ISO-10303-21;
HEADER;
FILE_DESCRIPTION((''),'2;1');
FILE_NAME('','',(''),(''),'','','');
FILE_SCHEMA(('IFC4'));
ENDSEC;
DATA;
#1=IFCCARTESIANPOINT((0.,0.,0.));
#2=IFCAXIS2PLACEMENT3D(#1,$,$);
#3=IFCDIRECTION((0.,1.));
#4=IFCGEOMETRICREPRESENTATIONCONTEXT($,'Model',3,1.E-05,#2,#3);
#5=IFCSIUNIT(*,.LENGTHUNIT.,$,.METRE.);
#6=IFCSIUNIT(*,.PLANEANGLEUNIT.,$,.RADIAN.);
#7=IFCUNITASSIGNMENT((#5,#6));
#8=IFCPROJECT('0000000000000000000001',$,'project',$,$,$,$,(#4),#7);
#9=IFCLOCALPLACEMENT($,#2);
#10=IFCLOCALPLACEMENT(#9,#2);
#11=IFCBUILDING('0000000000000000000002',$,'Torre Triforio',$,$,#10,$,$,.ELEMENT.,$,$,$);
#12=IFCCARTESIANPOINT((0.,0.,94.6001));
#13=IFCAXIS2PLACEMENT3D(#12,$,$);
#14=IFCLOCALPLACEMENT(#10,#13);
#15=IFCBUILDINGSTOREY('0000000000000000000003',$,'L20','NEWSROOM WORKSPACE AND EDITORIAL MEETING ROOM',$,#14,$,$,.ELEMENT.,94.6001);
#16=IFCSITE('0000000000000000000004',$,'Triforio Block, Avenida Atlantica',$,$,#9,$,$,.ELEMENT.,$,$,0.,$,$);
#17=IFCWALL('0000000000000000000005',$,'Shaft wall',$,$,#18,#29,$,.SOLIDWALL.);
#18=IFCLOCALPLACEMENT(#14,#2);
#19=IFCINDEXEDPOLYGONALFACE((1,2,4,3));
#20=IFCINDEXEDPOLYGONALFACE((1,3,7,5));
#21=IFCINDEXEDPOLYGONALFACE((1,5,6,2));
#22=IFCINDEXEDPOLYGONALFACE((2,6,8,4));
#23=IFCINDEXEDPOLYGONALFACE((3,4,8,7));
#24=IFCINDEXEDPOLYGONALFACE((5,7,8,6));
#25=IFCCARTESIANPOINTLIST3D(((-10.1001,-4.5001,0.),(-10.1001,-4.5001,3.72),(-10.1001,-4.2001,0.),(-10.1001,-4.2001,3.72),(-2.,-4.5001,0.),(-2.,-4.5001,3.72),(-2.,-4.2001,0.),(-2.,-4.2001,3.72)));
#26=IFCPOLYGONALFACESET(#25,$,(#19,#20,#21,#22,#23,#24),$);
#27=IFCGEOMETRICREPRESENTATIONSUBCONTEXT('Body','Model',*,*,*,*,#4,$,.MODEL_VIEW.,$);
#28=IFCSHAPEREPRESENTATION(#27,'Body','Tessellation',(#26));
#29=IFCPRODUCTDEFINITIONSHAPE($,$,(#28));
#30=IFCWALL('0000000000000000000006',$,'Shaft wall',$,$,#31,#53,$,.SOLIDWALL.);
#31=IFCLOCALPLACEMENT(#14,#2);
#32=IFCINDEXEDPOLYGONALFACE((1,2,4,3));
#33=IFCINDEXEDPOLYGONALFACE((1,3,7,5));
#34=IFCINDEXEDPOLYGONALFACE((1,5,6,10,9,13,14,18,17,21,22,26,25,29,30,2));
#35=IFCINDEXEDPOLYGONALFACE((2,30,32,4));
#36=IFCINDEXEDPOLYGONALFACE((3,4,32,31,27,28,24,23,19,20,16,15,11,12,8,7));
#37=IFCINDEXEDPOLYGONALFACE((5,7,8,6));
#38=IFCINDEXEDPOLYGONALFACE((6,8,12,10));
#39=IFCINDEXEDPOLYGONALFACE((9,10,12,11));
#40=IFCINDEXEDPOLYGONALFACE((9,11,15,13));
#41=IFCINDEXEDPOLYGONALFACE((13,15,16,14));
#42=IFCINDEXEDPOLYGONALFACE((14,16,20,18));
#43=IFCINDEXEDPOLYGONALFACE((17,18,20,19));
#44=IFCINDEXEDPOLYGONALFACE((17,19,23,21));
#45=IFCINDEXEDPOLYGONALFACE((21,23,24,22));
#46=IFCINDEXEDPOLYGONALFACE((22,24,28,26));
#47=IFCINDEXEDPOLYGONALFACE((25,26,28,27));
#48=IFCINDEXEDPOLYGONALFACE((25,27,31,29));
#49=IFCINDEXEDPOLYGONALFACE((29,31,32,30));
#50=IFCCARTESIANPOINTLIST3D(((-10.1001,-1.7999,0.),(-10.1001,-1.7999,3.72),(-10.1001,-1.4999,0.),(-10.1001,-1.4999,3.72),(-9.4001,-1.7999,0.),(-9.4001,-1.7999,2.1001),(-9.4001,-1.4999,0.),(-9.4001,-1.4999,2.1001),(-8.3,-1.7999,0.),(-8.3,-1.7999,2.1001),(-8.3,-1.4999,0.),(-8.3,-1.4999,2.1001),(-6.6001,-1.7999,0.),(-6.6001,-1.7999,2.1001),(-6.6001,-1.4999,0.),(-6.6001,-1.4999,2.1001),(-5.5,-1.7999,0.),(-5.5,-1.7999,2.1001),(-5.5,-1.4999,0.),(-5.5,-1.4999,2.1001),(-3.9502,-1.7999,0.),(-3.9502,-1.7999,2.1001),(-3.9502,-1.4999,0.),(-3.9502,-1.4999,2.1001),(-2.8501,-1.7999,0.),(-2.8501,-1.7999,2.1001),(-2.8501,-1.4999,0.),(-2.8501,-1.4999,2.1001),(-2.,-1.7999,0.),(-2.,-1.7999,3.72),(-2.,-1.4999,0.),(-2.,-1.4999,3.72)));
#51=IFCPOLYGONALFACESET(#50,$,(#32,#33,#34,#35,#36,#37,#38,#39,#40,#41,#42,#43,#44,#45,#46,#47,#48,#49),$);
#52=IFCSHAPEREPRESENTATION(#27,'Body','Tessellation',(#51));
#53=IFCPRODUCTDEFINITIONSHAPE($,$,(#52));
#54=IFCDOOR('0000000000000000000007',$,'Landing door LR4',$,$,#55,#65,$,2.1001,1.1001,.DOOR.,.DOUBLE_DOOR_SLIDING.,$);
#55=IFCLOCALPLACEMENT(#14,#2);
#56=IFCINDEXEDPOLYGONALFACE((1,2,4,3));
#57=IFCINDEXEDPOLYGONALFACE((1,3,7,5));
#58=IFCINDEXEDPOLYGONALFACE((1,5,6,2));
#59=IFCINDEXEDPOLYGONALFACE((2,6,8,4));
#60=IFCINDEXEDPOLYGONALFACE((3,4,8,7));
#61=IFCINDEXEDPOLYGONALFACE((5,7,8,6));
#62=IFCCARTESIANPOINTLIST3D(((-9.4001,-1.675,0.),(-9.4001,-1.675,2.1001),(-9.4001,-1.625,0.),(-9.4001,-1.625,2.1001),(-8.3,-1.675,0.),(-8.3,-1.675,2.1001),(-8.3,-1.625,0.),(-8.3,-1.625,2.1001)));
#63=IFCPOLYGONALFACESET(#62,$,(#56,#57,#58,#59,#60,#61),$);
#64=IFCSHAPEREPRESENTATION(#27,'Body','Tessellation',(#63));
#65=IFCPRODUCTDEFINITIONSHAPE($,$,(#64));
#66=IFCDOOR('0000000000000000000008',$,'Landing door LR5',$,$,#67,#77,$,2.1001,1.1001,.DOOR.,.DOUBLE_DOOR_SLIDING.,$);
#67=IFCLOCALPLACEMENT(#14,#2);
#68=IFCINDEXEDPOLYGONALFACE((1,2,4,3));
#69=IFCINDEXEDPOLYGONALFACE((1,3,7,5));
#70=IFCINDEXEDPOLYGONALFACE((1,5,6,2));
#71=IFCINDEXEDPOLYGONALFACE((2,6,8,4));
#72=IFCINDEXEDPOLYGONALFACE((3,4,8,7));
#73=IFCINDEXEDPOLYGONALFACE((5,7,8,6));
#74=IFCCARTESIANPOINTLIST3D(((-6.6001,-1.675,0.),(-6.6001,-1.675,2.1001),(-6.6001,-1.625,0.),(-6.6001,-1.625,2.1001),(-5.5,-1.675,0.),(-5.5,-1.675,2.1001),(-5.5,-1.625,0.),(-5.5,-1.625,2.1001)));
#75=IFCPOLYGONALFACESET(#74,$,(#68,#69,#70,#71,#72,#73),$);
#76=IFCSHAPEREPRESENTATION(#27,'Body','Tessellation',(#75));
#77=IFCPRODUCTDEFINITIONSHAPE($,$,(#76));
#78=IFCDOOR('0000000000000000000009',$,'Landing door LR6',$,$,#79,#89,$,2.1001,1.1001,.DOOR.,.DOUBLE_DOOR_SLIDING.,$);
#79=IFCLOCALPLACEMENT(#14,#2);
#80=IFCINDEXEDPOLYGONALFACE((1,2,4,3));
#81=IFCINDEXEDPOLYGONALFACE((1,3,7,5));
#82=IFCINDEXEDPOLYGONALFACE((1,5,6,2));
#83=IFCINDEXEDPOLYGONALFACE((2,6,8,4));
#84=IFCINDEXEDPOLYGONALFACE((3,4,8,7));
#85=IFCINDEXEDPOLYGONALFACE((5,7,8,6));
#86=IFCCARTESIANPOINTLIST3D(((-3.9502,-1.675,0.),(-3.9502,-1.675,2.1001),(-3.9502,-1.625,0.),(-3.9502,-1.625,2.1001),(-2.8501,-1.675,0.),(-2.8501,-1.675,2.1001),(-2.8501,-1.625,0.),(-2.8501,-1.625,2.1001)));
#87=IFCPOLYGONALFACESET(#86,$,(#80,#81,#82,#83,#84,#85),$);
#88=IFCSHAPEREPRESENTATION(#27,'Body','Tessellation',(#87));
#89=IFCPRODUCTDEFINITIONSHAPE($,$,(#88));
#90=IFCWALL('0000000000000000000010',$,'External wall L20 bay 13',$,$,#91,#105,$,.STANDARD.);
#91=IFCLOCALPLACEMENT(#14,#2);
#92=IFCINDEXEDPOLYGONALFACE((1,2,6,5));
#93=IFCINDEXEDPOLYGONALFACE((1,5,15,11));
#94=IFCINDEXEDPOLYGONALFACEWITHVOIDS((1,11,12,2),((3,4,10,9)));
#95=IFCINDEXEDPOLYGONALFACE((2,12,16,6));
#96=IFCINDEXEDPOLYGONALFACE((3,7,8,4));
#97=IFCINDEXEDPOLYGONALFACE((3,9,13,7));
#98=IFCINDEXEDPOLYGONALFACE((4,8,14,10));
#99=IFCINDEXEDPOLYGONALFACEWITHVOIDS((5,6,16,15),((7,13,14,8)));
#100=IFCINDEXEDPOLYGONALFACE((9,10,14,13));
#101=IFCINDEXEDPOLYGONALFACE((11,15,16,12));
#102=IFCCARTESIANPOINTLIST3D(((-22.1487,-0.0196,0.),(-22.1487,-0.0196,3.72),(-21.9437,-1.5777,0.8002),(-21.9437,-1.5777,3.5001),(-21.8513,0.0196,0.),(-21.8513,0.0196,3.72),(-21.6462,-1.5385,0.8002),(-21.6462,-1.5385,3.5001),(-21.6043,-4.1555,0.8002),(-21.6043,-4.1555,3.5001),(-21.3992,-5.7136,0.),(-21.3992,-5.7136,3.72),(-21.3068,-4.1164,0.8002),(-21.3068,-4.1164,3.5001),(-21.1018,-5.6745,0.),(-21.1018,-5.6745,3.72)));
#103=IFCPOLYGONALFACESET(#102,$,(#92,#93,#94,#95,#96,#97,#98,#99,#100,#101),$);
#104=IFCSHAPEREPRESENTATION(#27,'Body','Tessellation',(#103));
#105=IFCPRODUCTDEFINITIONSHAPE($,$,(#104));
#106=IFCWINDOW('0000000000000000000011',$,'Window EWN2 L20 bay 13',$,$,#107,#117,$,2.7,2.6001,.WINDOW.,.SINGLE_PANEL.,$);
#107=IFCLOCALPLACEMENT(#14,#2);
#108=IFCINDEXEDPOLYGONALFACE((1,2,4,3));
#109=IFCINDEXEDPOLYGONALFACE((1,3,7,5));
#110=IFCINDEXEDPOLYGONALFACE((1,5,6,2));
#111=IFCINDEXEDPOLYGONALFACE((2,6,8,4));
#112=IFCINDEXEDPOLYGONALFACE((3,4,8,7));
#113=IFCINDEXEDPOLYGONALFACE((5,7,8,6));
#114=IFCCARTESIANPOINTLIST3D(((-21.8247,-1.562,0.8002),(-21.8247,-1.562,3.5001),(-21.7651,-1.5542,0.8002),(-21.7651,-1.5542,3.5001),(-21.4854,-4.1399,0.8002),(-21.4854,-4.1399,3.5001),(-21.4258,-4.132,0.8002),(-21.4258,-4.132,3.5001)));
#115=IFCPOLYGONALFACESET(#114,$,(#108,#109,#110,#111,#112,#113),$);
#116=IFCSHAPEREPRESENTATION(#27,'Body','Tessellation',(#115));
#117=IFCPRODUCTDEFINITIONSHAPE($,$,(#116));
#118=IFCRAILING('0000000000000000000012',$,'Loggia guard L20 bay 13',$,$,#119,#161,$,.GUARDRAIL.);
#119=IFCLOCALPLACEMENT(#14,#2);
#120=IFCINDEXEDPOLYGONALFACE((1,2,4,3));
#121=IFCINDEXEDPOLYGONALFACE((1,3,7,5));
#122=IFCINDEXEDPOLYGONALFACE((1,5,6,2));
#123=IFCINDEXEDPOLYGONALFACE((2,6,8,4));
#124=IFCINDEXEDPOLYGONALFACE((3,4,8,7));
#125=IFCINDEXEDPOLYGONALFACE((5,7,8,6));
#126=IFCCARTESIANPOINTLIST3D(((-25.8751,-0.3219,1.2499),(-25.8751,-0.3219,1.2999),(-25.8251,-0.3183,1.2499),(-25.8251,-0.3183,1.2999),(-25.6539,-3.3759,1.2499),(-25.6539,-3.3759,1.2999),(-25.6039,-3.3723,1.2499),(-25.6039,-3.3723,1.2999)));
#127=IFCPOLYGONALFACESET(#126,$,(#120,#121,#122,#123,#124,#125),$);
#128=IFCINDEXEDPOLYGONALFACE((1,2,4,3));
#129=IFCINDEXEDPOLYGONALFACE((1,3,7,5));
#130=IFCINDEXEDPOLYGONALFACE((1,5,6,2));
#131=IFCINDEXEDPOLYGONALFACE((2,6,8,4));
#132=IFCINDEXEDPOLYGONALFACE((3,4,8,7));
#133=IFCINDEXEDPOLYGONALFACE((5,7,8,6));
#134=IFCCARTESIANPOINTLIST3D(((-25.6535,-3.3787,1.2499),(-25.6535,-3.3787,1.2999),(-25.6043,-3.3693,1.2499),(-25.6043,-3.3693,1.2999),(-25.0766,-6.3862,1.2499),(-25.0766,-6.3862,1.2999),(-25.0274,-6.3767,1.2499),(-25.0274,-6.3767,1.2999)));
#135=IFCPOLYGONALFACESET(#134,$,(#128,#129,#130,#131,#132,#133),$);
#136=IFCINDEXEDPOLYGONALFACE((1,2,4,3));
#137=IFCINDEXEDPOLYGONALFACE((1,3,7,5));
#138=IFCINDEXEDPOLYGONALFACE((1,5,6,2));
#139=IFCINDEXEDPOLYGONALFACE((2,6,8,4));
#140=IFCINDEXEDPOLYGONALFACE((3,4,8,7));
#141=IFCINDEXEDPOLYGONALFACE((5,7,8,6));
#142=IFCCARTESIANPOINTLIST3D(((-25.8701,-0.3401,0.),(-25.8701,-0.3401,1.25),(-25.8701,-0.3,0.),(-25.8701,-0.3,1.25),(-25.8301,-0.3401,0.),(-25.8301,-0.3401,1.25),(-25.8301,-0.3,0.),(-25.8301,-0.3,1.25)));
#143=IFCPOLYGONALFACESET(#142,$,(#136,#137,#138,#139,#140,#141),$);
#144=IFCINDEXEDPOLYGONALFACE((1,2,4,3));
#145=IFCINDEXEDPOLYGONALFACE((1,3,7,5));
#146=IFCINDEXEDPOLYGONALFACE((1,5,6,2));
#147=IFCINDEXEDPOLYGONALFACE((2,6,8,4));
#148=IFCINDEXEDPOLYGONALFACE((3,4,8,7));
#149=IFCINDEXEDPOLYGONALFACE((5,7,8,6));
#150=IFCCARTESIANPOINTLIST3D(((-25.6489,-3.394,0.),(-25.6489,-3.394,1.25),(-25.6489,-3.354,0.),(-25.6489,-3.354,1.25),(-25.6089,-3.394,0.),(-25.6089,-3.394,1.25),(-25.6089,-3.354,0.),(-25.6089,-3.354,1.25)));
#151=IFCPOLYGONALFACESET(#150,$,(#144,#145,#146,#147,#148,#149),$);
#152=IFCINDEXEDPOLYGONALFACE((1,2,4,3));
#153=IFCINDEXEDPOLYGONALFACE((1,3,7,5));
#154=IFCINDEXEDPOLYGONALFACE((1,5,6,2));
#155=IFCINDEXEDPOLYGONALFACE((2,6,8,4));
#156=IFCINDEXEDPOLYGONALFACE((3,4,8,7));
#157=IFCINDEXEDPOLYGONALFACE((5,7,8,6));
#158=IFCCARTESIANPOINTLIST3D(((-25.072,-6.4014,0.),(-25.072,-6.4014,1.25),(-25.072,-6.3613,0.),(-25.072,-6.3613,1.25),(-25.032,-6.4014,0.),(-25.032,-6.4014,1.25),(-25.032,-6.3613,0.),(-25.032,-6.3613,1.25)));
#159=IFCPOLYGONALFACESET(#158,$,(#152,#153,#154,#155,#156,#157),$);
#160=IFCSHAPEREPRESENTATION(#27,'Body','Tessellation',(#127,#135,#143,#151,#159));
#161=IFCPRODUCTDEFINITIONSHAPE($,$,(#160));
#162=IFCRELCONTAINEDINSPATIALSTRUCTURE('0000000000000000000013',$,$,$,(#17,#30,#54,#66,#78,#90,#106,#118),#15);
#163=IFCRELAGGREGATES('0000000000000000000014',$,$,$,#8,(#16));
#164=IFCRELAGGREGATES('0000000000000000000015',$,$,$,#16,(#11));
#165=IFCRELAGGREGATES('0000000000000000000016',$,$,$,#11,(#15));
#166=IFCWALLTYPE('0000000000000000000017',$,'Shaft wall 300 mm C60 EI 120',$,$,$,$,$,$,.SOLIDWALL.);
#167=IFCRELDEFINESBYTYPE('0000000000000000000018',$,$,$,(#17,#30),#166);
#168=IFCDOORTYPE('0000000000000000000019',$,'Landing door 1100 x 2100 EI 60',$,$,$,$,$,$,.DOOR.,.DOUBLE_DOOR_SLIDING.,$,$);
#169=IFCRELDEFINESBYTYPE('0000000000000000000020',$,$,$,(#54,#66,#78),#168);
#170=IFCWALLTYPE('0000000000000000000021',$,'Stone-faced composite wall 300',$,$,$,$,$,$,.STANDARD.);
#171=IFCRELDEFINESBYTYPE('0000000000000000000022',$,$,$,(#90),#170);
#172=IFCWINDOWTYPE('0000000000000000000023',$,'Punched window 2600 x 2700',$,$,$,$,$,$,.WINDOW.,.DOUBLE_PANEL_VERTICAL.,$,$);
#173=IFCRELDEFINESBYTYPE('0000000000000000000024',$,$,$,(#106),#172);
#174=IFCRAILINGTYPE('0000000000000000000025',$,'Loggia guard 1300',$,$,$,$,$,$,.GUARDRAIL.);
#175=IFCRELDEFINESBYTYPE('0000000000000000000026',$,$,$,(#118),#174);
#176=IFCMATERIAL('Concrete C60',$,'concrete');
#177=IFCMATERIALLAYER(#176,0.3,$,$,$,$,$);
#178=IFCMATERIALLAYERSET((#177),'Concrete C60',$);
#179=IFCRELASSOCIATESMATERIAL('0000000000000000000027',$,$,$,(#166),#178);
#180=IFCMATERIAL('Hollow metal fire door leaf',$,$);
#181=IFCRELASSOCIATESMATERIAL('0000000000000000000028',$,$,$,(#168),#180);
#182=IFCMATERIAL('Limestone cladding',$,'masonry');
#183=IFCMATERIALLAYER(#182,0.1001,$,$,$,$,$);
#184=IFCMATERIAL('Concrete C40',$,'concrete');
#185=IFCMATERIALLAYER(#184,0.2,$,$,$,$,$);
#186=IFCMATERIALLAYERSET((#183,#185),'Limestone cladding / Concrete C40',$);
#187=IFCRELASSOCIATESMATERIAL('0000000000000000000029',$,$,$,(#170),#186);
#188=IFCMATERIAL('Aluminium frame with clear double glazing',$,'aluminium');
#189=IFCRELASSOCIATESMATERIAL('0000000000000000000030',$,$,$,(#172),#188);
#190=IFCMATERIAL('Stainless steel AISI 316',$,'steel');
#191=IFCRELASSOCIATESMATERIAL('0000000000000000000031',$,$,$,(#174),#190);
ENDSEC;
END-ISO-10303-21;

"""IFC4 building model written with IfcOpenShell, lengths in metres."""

from ifc_helpers import new_model, si_unit, direction, frame, frame_2d, origin, origin_2d, place, context, subcontext, project, spatial, rectangle, extrude, material, layer, layer_set, type_object, element, fill, save


model = new_model("IFC4")

# Units and contexts
model_context = context("Model", 3, precision=1e-05, world=origin(), true_north=direction((0.0, 1.0)))
body_context = subcontext(model_context, "Body", "Model", "MODEL_VIEW")
ifc_project = project(units=[si_unit("LENGTHUNIT", "METRE"), si_unit("PLANEANGLEUNIT", "RADIAN")], contexts=[model_context])

# Site, building, storey
site_placement = place(None, origin())
site = spatial("IfcSite", under=ifc_project, at=site_placement, Name="Triforio Block, Avenida Atlantica", CompositionType="ELEMENT", RefElevation=0.0)
building_placement = place(site_placement, origin())
building = spatial("IfcBuilding", under=site, at=building_placement, Name="Torre Triforio", CompositionType="ELEMENT")
storey_placement = place(building_placement, frame((0.0, 0.0, 94.6001)))
storey = spatial("IfcBuildingStorey", under=building, at=storey_placement, Name="L20", Description="NEWSROOM WORKSPACE AND EDITORIAL MEETING ROOM", CompositionType="ELEMENT", Elevation=94.6001)

# Shared definitions
ifc_material_1 = material(Name="Concrete C60", Category="concrete")

# Shared definitions
ifc_material_2 = material(Name="Hollow metal fire door leaf")

# Wall
ifc_material_3 = material(Name="Limestone cladding", Category="masonry")
ifc_material_4 = material(Name="Concrete C40", Category="concrete")
ifc_layer_1 = layer(ifc_material_1, 0.3)
ifc_layer_set_1 = layer_set([ifc_layer_1], Name="Concrete C60")
wall_type_1 = type_object("IfcWallType", Name="Shaft wall 300 mm C60 EI 120", PredefinedType="SOLIDWALL", material=ifc_layer_set_1)
wall_1_placement = place(storey_placement, frame((-10.1001, -4.3501, 0.0), z_axis=(0.0, 0.0, 1.0), x_axis=(1.0, 0.0, 0.0)))
element("IfcWall", 1, at=wall_1_placement, inside=storey, type_object=wall_type_1, Name="Shaft wall", PredefinedType="SOLIDWALL", context=body_context, shape_type="SweptSolid", body=[
    extrude(rectangle(XDim=8.1001, YDim=0.3, at=frame_2d((4.05, 0.0))), origin(), (0.0, 0.0, 1.0), 3.72),
])

# Wall, openings, doors
wall_2_placement = place(storey_placement, frame((-10.1001, -1.6499, 0.0), z_axis=(0.0, 0.0, 1.0), x_axis=(1.0, 0.0, 0.0)))
wall_2 = element("IfcWall", 2, at=wall_2_placement, inside=storey, type_object=wall_type_1, Name="Shaft wall", PredefinedType="SOLIDWALL", context=body_context, shape_type="SweptSolid", body=[
    extrude(rectangle(XDim=8.1001, YDim=0.3, at=frame_2d((4.05, 0.0))), origin(), (0.0, 0.0, 1.0), 3.72),
])
opening_1_placement = place(wall_2_placement, frame((0.7, 0.0, 0.0)))
opening_1 = element("IfcOpeningElement", 3, at=opening_1_placement, cuts=wall_2, PredefinedType="OPENING", context=body_context, shape_type="SweptSolid", body=[
    extrude(rectangle(XDim=1.1001, YDim=2.1001, at=frame_2d((0.55, 1.05))), frame((0.0, 0.1599, 0.0), z_axis=(0.0, -1.0, 0.0), x_axis=(1.0, 0.0, 0.0)), (0.0, 0.0, 1.0), 0.3201),
])
opening_2_placement = place(wall_2_placement, frame((3.5, 0.0, 0.0)))
opening_2 = element("IfcOpeningElement", 4, at=opening_2_placement, cuts=wall_2, PredefinedType="OPENING", context=body_context, shape_type="SweptSolid", body=[
    extrude(rectangle(XDim=1.1001, YDim=2.1001, at=frame_2d((0.55, 1.05))), frame((0.0, 0.1599, 0.0), z_axis=(0.0, -1.0, 0.0), x_axis=(1.0, 0.0, 0.0)), (0.0, 0.0, 1.0), 0.3201),
])
opening_3_placement = place(wall_2_placement, frame((6.1499, 0.0, 0.0)))
opening_3 = element("IfcOpeningElement", 5, at=opening_3_placement, cuts=wall_2, PredefinedType="OPENING", context=body_context, shape_type="SweptSolid", body=[
    extrude(rectangle(XDim=1.1001, YDim=2.1001, at=frame_2d((0.55, 1.05))), frame((0.0, 0.1599, 0.0), z_axis=(0.0, -1.0, 0.0), x_axis=(1.0, 0.0, 0.0)), (0.0, 0.0, 1.0), 0.3201),
])
door_type_1 = type_object("IfcDoorType", Name="Landing door 1100 x 2100 EI 60", OperationType="DOUBLE_DOOR_SLIDING", PredefinedType="DOOR", material=ifc_material_2)
door_1_placement = place(opening_1_placement, origin())
door_1 = element("IfcDoor", 6, at=door_1_placement, inside=storey, type_object=door_type_1, Name="Landing door LR4", OperationType="DOUBLE_DOOR_SLIDING", OverallHeight=2.1001, OverallWidth=1.1001, PredefinedType="DOOR", context=body_context, shape_type="SweptSolid", body=[
    extrude(rectangle(XDim=1.1001, YDim=2.1001, at=frame_2d((0.55, 1.05))), frame((0.0, 0.0249, 0.0), z_axis=(0.0, -1.0, 0.0), x_axis=(1.0, 0.0, 0.0)), (0.0, 0.0, 1.0), 0.05),
])
fill(opening_1, door_1)
door_2_placement = place(opening_2_placement, origin())
door_2 = element("IfcDoor", 7, at=door_2_placement, inside=storey, type_object=door_type_1, Name="Landing door LR5", OperationType="DOUBLE_DOOR_SLIDING", OverallHeight=2.1001, OverallWidth=1.1001, PredefinedType="DOOR", context=body_context, shape_type="SweptSolid", body=[
    extrude(rectangle(XDim=1.1001, YDim=2.1001, at=frame_2d((0.55, 1.05))), frame((0.0, 0.0249, 0.0), z_axis=(0.0, -1.0, 0.0), x_axis=(1.0, 0.0, 0.0)), (0.0, 0.0, 1.0), 0.05),
])
fill(opening_2, door_2)
door_3_placement = place(opening_3_placement, origin())
door_3 = element("IfcDoor", 8, at=door_3_placement, inside=storey, type_object=door_type_1, Name="Landing door LR6", OperationType="DOUBLE_DOOR_SLIDING", OverallHeight=2.1001, OverallWidth=1.1001, PredefinedType="DOOR", context=body_context, shape_type="SweptSolid", body=[
    extrude(rectangle(XDim=1.1001, YDim=2.1001, at=frame_2d((0.55, 1.05))), frame((0.0, 0.0249, 0.0), z_axis=(0.0, -1.0, 0.0), x_axis=(1.0, 0.0, 0.0)), (0.0, 0.0, 1.0), 0.05),
])
fill(opening_3, door_3)

# Wall, opening, window
ifc_layer_2 = layer(ifc_material_3, 0.1001)
ifc_layer_3 = layer(ifc_material_4, 0.2)
ifc_layer_set_2 = layer_set([ifc_layer_2, ifc_layer_3], Name="Limestone cladding / Concrete C40")
wall_type_2 = type_object("IfcWallType", Name="Stone-faced composite wall 300", PredefinedType="STANDARD", material=ifc_layer_set_2)
wall_3_placement = place(storey_placement, frame((-22.0, 0.0, 0.0), z_axis=(0.0, 0.0, 1.0), x_axis=(0.130504, -0.991448, 0.0)))
wall_3 = element("IfcWall", 9, at=wall_3_placement, inside=storey, type_object=wall_type_2, Name="External wall L20 bay 13", PredefinedType="STANDARD", context=body_context, shape_type="SweptSolid", body=[
    extrude(rectangle(XDim=5.7432, YDim=0.3, at=frame_2d((2.8716, 0.0))), origin(), (0.0, 0.0, 1.0), 3.72),
])
opening_4_placement = place(wall_3_placement, frame((1.5715, 0.0, 0.8)))
opening_4 = element("IfcOpeningElement", 10, at=opening_4_placement, cuts=wall_3, PredefinedType="OPENING", context=body_context, shape_type="SweptSolid", body=[
    extrude(rectangle(XDim=2.6001, YDim=2.7, at=frame_2d((1.3, 1.3501))), frame((0.0, 0.1599, 0.0), z_axis=(0.0, -1.0, 0.0), x_axis=(1.0, 0.0, 0.0)), (0.0, 0.0, 1.0), 0.3201),
])
ifc_material_5 = material(Name="Aluminium frame with clear double glazing", Category="aluminium")
window_type_1 = type_object("IfcWindowType", Name="Punched window 2600 x 2700", PartitioningType="DOUBLE_PANEL_VERTICAL", PredefinedType="WINDOW", material=ifc_material_5)
window_1_placement = place(opening_4_placement, origin())
window_1 = element("IfcWindow", 11, at=window_1_placement, inside=storey, type_object=window_type_1, Name="Window EWN2 L20 bay 13", OverallHeight=2.7, OverallWidth=2.6001, PartitioningType="SINGLE_PANEL", PredefinedType="WINDOW", context=body_context, shape_type="SweptSolid", body=[
    extrude(rectangle(XDim=2.6001, YDim=2.7, at=frame_2d((1.3, 1.3501))), frame((0.0, 0.03, 0.0), z_axis=(0.0, -1.0, 0.0), x_axis=(1.0, 0.0, 0.0)), (0.0, 0.0, 1.0), 0.0601),
])
fill(opening_4, window_1)

# Railing
ifc_material_6 = material(Name="Stainless steel AISI 316", Category="steel")
railing_type = type_object("IfcRailingType", Name="Loggia guard 1300", PredefinedType="GUARDRAIL", material=ifc_material_6)
railing_1_placement = place(storey_placement, frame((-25.8501, -0.3201, 0.0)))
element("IfcRailing", 12, at=railing_1_placement, inside=storey, type_object=railing_type, Name="Loggia guard L20 bay 13", PredefinedType="GUARDRAIL", context=body_context, shape_type="SweptSolid", body=[
    extrude(rectangle(XDim=0.05, YDim=0.05, at=origin_2d()), frame((0.0, 0.0, 1.2749), z_axis=(0.072239, -0.997387, 0.0), x_axis=(0.997387, 0.072239, 0.0)), (0.0, 0.0, 1.0), 3.062),
    extrude(rectangle(XDim=0.05, YDim=0.05, at=origin_2d()), frame((0.2212, -3.054, 1.2749), z_axis=(0.188398, -0.982093, 0.0), x_axis=(0.982093, 0.188398, 0.0)), (0.0, 0.0, 1.0), 3.0623),
    extrude(rectangle(XDim=0.04, YDim=0.04, at=origin_2d()), origin(), (0.0, 0.0, 1.0), 1.25),
    extrude(rectangle(XDim=0.04, YDim=0.04, at=origin_2d()), frame((0.2212, -3.054, 0.0)), (0.0, 0.0, 1.0), 1.25),
    extrude(rectangle(XDim=0.04, YDim=0.04, at=origin_2d()), frame((0.7981, -6.0613, 0.0)), (0.0, 0.0, 1.0), 1.25),
])

save(model, "model.ifc")
